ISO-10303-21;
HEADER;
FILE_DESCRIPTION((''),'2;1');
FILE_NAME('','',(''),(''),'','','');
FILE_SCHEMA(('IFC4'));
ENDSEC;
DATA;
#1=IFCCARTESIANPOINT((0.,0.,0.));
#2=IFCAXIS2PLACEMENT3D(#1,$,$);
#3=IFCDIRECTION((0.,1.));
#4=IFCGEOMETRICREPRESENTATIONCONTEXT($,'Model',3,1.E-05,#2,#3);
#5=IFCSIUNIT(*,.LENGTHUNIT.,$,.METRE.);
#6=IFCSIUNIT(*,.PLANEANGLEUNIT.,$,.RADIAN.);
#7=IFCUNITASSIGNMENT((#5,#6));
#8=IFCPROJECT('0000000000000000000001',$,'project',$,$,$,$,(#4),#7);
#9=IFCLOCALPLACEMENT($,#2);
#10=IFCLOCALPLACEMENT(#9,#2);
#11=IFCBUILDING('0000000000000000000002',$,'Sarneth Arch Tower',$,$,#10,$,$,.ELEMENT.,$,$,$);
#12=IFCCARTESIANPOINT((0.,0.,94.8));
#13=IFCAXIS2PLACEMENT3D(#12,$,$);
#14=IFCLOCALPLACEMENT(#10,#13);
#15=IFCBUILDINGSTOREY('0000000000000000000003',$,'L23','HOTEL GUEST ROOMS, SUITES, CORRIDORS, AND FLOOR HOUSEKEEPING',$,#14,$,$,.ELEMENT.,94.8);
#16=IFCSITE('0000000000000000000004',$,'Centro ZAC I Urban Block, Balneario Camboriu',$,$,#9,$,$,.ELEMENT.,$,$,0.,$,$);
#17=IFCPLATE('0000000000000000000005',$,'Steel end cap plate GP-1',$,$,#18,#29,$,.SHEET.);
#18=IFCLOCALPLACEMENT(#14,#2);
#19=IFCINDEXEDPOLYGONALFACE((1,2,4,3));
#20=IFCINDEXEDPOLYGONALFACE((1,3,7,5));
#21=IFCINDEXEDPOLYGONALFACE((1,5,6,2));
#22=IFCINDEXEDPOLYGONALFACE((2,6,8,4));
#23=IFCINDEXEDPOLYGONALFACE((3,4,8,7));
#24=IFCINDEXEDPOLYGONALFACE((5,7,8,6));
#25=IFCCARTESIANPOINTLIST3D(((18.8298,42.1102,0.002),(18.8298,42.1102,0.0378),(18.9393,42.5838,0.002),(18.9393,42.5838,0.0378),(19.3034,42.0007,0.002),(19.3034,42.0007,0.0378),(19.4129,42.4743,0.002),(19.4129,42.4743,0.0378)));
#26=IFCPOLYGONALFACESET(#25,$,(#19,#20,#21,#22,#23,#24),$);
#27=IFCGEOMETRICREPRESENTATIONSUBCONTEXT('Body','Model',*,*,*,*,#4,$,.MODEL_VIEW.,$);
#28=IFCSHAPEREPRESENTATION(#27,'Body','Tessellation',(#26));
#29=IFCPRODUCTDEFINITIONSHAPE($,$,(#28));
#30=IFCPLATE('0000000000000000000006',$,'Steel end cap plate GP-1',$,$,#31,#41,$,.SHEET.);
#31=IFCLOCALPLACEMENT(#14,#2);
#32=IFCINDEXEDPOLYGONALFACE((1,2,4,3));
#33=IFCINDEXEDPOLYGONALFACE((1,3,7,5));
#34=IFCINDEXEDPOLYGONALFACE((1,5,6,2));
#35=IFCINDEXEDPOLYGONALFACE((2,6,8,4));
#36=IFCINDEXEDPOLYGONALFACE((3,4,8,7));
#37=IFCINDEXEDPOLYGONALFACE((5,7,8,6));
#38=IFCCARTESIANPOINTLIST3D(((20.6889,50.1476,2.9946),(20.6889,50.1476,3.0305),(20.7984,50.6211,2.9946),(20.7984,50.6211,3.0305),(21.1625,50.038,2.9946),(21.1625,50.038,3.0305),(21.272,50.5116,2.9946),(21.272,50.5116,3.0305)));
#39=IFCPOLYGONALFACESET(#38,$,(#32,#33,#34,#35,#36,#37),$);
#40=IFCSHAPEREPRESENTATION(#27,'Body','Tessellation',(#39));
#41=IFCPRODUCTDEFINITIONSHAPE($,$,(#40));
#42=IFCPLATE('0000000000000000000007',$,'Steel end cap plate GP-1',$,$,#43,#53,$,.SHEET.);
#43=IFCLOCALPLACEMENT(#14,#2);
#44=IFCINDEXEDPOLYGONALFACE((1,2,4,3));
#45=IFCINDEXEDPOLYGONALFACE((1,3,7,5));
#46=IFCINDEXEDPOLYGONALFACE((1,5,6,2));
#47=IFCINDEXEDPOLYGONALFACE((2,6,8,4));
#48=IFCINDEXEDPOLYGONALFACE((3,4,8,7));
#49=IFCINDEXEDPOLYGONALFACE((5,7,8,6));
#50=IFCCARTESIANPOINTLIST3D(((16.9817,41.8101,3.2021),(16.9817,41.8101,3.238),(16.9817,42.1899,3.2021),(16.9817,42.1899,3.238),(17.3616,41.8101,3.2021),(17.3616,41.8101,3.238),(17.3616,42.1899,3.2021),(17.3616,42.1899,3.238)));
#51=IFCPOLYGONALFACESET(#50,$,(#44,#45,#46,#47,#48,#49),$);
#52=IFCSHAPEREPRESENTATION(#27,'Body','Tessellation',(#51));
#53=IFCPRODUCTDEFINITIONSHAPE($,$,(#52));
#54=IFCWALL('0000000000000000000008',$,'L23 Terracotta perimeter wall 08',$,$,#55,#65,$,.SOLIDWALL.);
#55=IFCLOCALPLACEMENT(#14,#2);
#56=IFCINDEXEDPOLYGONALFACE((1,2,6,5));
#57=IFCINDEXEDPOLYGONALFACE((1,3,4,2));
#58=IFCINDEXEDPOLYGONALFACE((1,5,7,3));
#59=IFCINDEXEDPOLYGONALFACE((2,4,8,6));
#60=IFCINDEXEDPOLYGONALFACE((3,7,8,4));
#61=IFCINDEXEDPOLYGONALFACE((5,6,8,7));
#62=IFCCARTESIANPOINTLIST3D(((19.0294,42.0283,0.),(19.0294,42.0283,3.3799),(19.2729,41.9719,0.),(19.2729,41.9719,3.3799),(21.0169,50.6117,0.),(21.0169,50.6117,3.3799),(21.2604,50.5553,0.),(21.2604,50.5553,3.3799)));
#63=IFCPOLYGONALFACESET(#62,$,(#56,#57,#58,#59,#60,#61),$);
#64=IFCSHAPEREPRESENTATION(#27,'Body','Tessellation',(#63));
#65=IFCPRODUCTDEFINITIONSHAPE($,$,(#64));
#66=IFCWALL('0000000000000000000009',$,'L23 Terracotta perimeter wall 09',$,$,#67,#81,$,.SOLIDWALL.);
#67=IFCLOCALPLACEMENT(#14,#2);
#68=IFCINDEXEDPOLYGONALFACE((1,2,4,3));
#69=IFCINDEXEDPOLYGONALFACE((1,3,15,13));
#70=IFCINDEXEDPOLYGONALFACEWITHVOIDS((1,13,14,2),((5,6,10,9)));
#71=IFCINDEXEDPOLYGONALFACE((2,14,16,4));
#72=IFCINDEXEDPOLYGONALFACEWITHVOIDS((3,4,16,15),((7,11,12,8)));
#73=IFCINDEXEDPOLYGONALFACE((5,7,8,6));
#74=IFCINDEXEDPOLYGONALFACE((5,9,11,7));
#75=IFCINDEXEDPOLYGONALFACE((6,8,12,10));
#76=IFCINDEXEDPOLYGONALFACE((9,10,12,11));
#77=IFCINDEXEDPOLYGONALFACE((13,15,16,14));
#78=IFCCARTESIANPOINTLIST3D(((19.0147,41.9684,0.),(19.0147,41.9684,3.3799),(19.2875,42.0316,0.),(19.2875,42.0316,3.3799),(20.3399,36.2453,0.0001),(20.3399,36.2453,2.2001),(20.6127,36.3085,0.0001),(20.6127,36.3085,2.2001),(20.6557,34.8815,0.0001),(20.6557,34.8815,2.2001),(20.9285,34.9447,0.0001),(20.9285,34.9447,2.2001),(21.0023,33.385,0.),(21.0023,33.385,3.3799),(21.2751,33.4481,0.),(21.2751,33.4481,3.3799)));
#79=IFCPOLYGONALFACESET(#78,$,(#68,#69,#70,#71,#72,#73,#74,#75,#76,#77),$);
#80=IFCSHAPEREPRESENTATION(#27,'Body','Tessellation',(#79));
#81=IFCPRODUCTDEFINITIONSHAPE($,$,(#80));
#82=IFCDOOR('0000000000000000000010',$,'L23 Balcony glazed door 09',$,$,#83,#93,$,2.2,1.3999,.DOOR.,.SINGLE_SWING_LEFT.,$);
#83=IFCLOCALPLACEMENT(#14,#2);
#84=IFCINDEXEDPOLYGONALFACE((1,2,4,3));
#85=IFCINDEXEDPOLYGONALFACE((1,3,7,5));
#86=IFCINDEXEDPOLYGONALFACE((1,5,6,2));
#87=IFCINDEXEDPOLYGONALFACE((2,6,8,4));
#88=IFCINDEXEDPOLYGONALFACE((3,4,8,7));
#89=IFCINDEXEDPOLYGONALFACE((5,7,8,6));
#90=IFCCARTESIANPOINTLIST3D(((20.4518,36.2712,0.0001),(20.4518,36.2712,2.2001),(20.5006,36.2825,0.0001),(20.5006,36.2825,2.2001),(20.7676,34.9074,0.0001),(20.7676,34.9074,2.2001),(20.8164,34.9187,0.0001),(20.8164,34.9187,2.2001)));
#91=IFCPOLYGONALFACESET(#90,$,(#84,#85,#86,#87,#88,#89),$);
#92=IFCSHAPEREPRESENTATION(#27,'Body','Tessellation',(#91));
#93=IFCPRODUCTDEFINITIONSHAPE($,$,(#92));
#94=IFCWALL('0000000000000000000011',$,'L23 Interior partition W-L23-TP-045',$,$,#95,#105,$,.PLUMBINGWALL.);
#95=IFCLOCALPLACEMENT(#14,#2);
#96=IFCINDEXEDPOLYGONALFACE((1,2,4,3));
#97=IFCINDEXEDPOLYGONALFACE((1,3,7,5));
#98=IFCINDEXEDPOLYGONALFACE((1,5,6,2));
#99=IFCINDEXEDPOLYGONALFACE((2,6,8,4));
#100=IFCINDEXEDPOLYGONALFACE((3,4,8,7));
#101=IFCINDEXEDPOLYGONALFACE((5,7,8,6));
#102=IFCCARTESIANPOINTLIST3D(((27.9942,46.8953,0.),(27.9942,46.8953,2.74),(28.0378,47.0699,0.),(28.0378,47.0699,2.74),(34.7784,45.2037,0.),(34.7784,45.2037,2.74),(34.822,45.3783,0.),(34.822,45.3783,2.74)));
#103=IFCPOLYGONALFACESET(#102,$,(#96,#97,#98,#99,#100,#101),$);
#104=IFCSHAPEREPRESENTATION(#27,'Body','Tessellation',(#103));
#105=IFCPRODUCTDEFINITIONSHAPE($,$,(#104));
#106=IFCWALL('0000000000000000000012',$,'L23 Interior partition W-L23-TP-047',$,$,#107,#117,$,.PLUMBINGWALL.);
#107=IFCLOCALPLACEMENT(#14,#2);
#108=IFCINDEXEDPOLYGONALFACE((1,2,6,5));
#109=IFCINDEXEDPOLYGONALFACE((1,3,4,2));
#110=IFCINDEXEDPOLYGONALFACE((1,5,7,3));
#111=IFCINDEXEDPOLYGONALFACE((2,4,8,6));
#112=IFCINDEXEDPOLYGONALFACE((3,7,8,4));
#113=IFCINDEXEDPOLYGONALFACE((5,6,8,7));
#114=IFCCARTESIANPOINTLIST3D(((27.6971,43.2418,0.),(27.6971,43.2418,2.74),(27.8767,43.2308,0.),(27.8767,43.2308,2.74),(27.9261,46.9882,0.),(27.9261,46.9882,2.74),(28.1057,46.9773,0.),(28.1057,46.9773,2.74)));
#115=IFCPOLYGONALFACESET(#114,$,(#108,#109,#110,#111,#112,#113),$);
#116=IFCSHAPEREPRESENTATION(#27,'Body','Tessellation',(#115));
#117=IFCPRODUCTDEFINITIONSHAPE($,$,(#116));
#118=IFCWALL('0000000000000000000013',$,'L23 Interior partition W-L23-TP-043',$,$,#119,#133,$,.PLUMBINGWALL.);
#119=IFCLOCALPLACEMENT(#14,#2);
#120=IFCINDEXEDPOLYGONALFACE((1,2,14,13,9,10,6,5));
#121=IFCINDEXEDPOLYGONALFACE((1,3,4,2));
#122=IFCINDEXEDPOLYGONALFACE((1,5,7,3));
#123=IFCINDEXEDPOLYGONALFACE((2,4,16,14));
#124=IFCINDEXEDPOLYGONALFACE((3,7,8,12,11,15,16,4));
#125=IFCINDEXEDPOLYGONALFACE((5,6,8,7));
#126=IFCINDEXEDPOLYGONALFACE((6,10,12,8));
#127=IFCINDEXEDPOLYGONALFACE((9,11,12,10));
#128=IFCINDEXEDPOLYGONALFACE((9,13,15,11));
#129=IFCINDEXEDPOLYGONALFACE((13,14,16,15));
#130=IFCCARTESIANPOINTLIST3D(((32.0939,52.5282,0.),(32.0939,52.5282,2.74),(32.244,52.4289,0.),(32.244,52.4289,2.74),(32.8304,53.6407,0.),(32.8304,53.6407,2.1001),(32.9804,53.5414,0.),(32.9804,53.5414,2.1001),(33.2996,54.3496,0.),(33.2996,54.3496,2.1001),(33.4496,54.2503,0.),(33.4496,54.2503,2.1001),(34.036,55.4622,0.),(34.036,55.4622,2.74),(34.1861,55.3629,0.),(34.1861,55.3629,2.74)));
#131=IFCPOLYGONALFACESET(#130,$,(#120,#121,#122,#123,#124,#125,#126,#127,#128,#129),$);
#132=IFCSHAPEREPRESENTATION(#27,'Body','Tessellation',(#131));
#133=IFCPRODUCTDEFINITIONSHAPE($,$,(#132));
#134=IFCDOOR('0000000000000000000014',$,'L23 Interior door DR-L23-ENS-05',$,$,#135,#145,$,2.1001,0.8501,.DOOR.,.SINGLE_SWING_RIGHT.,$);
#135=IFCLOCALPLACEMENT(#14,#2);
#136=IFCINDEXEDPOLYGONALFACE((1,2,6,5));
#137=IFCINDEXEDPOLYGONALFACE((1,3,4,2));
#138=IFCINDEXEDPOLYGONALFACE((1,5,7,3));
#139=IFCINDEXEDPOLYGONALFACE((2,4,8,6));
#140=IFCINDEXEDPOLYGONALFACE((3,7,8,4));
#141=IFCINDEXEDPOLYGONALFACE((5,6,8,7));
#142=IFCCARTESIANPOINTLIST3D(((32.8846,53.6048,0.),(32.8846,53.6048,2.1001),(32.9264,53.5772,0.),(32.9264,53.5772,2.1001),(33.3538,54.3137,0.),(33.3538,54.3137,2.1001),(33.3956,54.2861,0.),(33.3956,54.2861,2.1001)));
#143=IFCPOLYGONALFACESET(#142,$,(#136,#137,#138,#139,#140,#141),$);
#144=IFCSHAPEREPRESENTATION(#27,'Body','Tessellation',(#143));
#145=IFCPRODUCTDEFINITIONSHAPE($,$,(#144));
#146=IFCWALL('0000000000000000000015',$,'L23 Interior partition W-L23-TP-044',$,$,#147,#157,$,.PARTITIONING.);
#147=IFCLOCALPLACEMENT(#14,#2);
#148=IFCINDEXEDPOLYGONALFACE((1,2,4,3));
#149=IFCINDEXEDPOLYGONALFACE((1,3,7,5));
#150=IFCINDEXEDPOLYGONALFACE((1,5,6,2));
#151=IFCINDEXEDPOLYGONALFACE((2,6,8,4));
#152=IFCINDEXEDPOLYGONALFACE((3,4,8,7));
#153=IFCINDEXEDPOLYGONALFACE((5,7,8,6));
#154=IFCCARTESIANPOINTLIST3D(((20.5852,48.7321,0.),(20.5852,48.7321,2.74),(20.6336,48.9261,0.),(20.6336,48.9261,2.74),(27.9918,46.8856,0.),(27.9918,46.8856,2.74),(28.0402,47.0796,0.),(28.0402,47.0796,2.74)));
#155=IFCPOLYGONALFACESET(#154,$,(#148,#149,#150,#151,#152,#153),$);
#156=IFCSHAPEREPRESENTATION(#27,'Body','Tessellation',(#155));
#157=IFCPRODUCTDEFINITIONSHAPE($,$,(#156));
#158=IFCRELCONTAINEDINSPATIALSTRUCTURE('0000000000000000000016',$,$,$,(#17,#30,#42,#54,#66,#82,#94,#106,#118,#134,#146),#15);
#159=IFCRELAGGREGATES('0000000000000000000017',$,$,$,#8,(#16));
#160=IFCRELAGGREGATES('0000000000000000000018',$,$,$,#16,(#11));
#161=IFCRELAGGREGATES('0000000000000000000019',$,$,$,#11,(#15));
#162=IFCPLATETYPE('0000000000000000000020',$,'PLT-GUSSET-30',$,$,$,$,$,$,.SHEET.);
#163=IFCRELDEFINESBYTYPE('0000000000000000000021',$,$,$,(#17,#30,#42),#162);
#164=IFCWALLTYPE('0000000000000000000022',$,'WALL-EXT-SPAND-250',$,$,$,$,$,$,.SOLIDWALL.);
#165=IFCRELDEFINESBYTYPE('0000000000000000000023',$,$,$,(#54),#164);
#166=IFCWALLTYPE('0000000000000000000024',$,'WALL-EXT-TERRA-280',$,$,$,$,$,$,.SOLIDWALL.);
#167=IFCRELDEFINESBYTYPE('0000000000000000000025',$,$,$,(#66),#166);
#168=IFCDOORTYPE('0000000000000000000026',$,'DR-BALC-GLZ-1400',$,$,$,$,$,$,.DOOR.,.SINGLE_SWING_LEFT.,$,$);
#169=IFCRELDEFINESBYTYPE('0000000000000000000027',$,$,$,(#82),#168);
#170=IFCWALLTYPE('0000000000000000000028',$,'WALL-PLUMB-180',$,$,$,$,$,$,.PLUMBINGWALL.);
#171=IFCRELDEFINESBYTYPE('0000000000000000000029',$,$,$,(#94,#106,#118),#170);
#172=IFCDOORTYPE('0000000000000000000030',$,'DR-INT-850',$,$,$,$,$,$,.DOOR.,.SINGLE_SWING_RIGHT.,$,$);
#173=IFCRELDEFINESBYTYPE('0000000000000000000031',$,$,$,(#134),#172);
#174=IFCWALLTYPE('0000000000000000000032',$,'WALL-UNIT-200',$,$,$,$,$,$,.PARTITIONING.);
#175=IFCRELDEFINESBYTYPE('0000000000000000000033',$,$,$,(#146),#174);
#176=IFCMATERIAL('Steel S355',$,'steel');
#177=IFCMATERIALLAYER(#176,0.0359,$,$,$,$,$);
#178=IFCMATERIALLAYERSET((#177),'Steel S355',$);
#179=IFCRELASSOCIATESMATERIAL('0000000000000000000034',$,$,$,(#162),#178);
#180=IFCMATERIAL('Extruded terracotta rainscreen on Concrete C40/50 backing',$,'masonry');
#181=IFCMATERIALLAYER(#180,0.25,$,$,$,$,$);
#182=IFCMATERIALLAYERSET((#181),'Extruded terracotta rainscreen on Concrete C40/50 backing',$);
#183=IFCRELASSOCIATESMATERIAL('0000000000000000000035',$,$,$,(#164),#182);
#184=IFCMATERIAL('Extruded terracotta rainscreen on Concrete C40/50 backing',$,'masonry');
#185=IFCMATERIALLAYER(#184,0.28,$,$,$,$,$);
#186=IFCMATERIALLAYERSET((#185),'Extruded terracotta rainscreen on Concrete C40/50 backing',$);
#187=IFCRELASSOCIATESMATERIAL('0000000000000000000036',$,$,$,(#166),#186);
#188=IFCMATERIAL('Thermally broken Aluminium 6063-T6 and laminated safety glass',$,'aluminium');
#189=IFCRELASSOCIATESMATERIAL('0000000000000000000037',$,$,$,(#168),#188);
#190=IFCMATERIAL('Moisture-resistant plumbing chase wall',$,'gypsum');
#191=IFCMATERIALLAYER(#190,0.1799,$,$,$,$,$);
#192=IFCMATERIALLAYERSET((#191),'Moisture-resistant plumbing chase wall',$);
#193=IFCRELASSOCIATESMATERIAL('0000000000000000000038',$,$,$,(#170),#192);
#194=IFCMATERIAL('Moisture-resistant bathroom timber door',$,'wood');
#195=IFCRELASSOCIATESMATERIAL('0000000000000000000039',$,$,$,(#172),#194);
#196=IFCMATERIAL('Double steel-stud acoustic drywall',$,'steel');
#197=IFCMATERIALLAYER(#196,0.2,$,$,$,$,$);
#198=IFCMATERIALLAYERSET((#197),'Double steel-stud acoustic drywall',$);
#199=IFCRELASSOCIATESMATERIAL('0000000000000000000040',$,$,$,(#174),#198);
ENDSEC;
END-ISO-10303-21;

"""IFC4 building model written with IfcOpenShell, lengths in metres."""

from ifc_helpers import new_model, si_unit, direction, frame, frame_2d, origin, origin_2d, place, context, subcontext, project, spatial, rectangle, extrude, material, layer, layer_set, type_object, element, fill, save


model = new_model("IFC4")

# Units and contexts
model_context = context("Model", 3, precision=1e-05, world=origin(), true_north=direction((0.0, 1.0)))
body_context = subcontext(model_context, "Body", "Model", "MODEL_VIEW")
ifc_project = project(units=[si_unit("LENGTHUNIT", "METRE"), si_unit("PLANEANGLEUNIT", "RADIAN")], contexts=[model_context])

# Site, building, storey
site_placement = place(None, origin())
site = spatial("IfcSite", under=ifc_project, at=site_placement, Name="Centro ZAC I Urban Block, Balneario Camboriu", CompositionType="ELEMENT", RefElevation=0.0)
building_placement = place(site_placement, origin())
building = spatial("IfcBuilding", under=site, at=building_placement, Name="Sarneth Arch Tower", CompositionType="ELEMENT")
storey_placement = place(building_placement, frame((0.0, 0.0, 94.8)))
storey = spatial("IfcBuildingStorey", under=building, at=storey_placement, Name="L23", Description="HOTEL GUEST ROOMS, SUITES, CORRIDORS, AND FLOOR HOUSEKEEPING", CompositionType="ELEMENT", Elevation=94.8)

# Plates
ifc_material_1 = material(Name="Steel S355", Category="steel")
ifc_layer_1 = layer(ifc_material_1, 0.0359)
ifc_layer_set_1 = layer_set([ifc_layer_1], Name="Steel S355")
plate_type = type_object("IfcPlateType", Name="PLT-GUSSET-30", PredefinedType="SHEET", material=ifc_layer_set_1)
for number, where, z_axis, x_axis, name in (
    (1, (19.1213, 42.2922, 0.002), (0.0, 0.0, 1.0), (-0.225291, -0.974291, 0.0), "Steel end cap plate GP-1"),
    (2, (20.9805, 50.3296, 2.9946), (0.0, 0.0, 1.0), (-0.225291, -0.974291, 0.0), "Steel end cap plate GP-1"),
):
    element("IfcPlate", number, at=place(storey_placement, frame(where, z_axis=z_axis, x_axis=x_axis)), inside=storey, type_object=plate_type, Name=name, PredefinedType="SHEET", context=body_context, shape_type="SweptSolid", body=[
        extrude(rectangle(XDim=0.4861, YDim=0.4861, at=origin_2d()), origin(), (0.0, 0.0, 1.0), 0.0359),
    ])
plate_placement = place(storey_placement, frame((17.1716, 42.0, 3.2021), z_axis=(0.0, 0.0, 1.0), x_axis=(-1.0, 0.0, 0.0)))
element("IfcPlate", 3, at=plate_placement, inside=storey, type_object=plate_type, Name="Steel end cap plate GP-1", PredefinedType="SHEET", context=body_context, shape_type="SweptSolid", body=[
    extrude(rectangle(XDim=0.3799, YDim=0.3799, at=origin_2d()), origin(), (0.0, 0.0, 1.0), 0.0359),
])

# Wall
ifc_material_2 = material(Name="Extruded terracotta rainscreen on Concrete C40/50 backing", Category="masonry")
ifc_layer_2 = layer(ifc_material_2, 0.25)
ifc_layer_set_2 = layer_set([ifc_layer_2], Name="Extruded terracotta rainscreen on Concrete C40/50 backing")
wall_type_1 = type_object("IfcWallType", Name="WALL-EXT-SPAND-250", PredefinedType="SOLIDWALL", material=ifc_layer_set_2)
wall_1_placement = place(storey_placement, frame((21.1387, 50.5835, 0.0), z_axis=(0.0, 0.0, 1.0), x_axis=(-0.225586, -0.974223, 0.0)))
element("IfcWall", 4, at=wall_1_placement, inside=storey, type_object=wall_type_1, Name="L23 Terracotta perimeter wall 08", PredefinedType="SOLIDWALL", context=body_context, shape_type="SweptSolid", body=[
    extrude(rectangle(XDim=8.8105, YDim=0.25, at=frame_2d((4.4053, 0.0))), origin(), (0.0, 0.0, 1.0), 3.3799),
])

# Wall, opening, door
ifc_material_3 = material(Name="Extruded terracotta rainscreen on Concrete C40/50 backing", Category="masonry")
ifc_layer_3 = layer(ifc_material_3, 0.28)
ifc_layer_set_3 = layer_set([ifc_layer_3], Name="Extruded terracotta rainscreen on Concrete C40/50 backing")
wall_type_2 = type_object("IfcWallType", Name="WALL-EXT-TERRA-280", PredefinedType="SOLIDWALL", material=ifc_layer_set_3)
wall_2_placement = place(storey_placement, frame((19.1511, 42.0, 0.0), z_axis=(0.0, 0.0, 1.0), x_axis=(0.225586, -0.974223, 0.0)))
wall_2 = element("IfcWall", 5, at=wall_2_placement, inside=storey, type_object=wall_type_2, Name="L23 Terracotta perimeter wall 09", PredefinedType="SOLIDWALL", context=body_context, shape_type="SweptSolid", body=[
    extrude(rectangle(XDim=8.8105, YDim=0.28, at=frame_2d((4.4053, 0.0))), origin(), (0.0, 0.0, 1.0), 3.3799),
])
opening_1_placement = place(wall_2_placement, frame((5.8745, 0.0, 0.0)))
opening_1 = element("IfcOpeningElement", 6, at=opening_1_placement, cuts=wall_2, PredefinedType="OPENING", context=body_context, shape_type="SweptSolid", body=[
    extrude(rectangle(XDim=1.3999, YDim=2.2, at=frame_2d((0.7, 1.1001))), frame((0.0, 0.1499, 0.0), z_axis=(0.0, -1.0, 0.0), x_axis=(1.0, 0.0, 0.0)), (0.0, 0.0, 1.0), 0.3),
])
ifc_material_4 = material(Name="Thermally broken Aluminium 6063-T6 and laminated safety glass", Category="aluminium")
door_type_1 = type_object("IfcDoorType", Name="DR-BALC-GLZ-1400", OperationType="SINGLE_SWING_LEFT", PredefinedType="DOOR", material=ifc_material_4)
door_1_placement = place(opening_1_placement, origin())
door_1 = element("IfcDoor", 7, at=door_1_placement, inside=storey, type_object=door_type_1, Name="L23 Balcony glazed door 09", OperationType="SINGLE_SWING_LEFT", OverallHeight=2.2, OverallWidth=1.3999, PredefinedType="DOOR", context=body_context, shape_type="SweptSolid", body=[
    extrude(rectangle(XDim=1.3999, YDim=2.2, at=frame_2d((0.7, 1.1001))), frame((0.0, 0.0249, 0.0), z_axis=(0.0, -1.0, 0.0), x_axis=(1.0, 0.0, 0.0)), (0.0, 0.0, 1.0), 0.05),
])
fill(opening_1, door_1)

# Walls
ifc_material_5 = material(Name="Moisture-resistant plumbing chase wall", Category="gypsum")
ifc_layer_4 = layer(ifc_material_5, 0.1799)
ifc_layer_set_4 = layer_set([ifc_layer_4], Name="Moisture-resistant plumbing chase wall")
wall_type_3 = type_object("IfcWallType", Name="WALL-PLUMB-180", PredefinedType="PLUMBINGWALL", material=ifc_layer_set_4)
wall_3_placement = place(storey_placement, frame((28.0159, 46.9827, 0.0), z_axis=(0.0, 0.0, 1.0), x_axis=(0.97029, -0.241944, 0.0)))
element("IfcWall", 8, at=wall_3_placement, inside=storey, type_object=wall_type_3, Name="L23 Interior partition W-L23-TP-045", PredefinedType="PLUMBINGWALL", context=body_context, shape_type="SweptSolid", body=[
    extrude(rectangle(XDim=6.9919, YDim=0.1799, at=frame_2d((3.4961, 0.0))), origin(), (0.0, 0.0, 1.0), 2.74),
])
wall_4_placement = place(storey_placement, frame((27.7869, 43.2363, 0.0), z_axis=(0.0, 0.0, 1.0), x_axis=(0.061014, 0.998137, 0.0)))
element("IfcWall", 9, at=wall_4_placement, inside=storey, type_object=wall_type_3, Name="L23 Interior partition W-L23-TP-047", PredefinedType="PLUMBINGWALL", context=body_context, shape_type="SweptSolid", body=[
    extrude(rectangle(XDim=3.7534, YDim=0.1799, at=frame_2d((1.8767, 0.0))), origin(), (0.0, 0.0, 1.0), 2.74),
])

# Wall, opening, door
wall_5_placement = place(storey_placement, frame((32.1689, 52.4785, 0.0), z_axis=(0.0, 0.0, 1.0), x_axis=(0.551959, 0.833871, 0.0)))
wall_5 = element("IfcWall", 10, at=wall_5_placement, inside=storey, type_object=wall_type_3, Name="L23 Interior partition W-L23-TP-043", PredefinedType="PLUMBINGWALL", context=body_context, shape_type="SweptSolid", body=[
    extrude(rectangle(XDim=3.5186, YDim=0.1799, at=frame_2d((1.7593, 0.0))), origin(), (0.0, 0.0, 1.0), 2.74),
])
opening_2_placement = place(wall_5_placement, frame((1.3342, 0.0, 0.0)))
opening_2 = element("IfcOpeningElement", 11, at=opening_2_placement, cuts=wall_5, PredefinedType="OPENING", context=body_context, shape_type="SweptSolid", body=[
    extrude(rectangle(XDim=0.8501, YDim=2.1001, at=frame_2d((0.425, 1.05))), frame((0.0, 0.0999, 0.0), z_axis=(0.0, -1.0, 0.0), x_axis=(1.0, 0.0, 0.0)), (0.0, 0.0, 1.0), 0.2),
])
ifc_material_6 = material(Name="Moisture-resistant bathroom timber door", Category="wood")
door_type_2 = type_object("IfcDoorType", Name="DR-INT-850", OperationType="SINGLE_SWING_RIGHT", PredefinedType="DOOR", material=ifc_material_6)
door_2_placement = place(opening_2_placement, origin())
door_2 = element("IfcDoor", 12, at=door_2_placement, inside=storey, type_object=door_type_2, Name="L23 Interior door DR-L23-ENS-05", OperationType="SINGLE_SWING_RIGHT", OverallHeight=2.1001, OverallWidth=0.8501, PredefinedType="DOOR", context=body_context, shape_type="SweptSolid", body=[
    extrude(rectangle(XDim=0.8501, YDim=2.1001, at=frame_2d((0.425, 1.05))), frame((0.0, 0.0249, 0.0), z_axis=(0.0, -1.0, 0.0), x_axis=(1.0, 0.0, 0.0)), (0.0, 0.0, 1.0), 0.05),
])
fill(opening_2, door_2)

# Wall
ifc_material_7 = material(Name="Double steel-stud acoustic drywall", Category="steel")
ifc_layer_5 = layer(ifc_material_7, 0.2)
ifc_layer_set_5 = layer_set([ifc_layer_5], Name="Double steel-stud acoustic drywall")
wall_type_4 = type_object("IfcWallType", Name="WALL-UNIT-200", PredefinedType="PARTITIONING", material=ifc_layer_set_5)
wall_6_placement = place(storey_placement, frame((20.6094, 48.8291, 0.0), z_axis=(0.0, 0.0, 1.0), x_axis=(0.970302, -0.241896, 0.0)))
element("IfcWall", 13, at=wall_6_placement, inside=storey, type_object=wall_type_4, Name="L23 Interior partition W-L23-TP-044", PredefinedType="PARTITIONING", context=body_context, shape_type="SweptSolid", body=[
    extrude(rectangle(XDim=7.6333, YDim=0.2, at=frame_2d((3.8167, 0.0))), origin(), (0.0, 0.0, 1.0), 2.74),
])

save(model, "model.ifc")
